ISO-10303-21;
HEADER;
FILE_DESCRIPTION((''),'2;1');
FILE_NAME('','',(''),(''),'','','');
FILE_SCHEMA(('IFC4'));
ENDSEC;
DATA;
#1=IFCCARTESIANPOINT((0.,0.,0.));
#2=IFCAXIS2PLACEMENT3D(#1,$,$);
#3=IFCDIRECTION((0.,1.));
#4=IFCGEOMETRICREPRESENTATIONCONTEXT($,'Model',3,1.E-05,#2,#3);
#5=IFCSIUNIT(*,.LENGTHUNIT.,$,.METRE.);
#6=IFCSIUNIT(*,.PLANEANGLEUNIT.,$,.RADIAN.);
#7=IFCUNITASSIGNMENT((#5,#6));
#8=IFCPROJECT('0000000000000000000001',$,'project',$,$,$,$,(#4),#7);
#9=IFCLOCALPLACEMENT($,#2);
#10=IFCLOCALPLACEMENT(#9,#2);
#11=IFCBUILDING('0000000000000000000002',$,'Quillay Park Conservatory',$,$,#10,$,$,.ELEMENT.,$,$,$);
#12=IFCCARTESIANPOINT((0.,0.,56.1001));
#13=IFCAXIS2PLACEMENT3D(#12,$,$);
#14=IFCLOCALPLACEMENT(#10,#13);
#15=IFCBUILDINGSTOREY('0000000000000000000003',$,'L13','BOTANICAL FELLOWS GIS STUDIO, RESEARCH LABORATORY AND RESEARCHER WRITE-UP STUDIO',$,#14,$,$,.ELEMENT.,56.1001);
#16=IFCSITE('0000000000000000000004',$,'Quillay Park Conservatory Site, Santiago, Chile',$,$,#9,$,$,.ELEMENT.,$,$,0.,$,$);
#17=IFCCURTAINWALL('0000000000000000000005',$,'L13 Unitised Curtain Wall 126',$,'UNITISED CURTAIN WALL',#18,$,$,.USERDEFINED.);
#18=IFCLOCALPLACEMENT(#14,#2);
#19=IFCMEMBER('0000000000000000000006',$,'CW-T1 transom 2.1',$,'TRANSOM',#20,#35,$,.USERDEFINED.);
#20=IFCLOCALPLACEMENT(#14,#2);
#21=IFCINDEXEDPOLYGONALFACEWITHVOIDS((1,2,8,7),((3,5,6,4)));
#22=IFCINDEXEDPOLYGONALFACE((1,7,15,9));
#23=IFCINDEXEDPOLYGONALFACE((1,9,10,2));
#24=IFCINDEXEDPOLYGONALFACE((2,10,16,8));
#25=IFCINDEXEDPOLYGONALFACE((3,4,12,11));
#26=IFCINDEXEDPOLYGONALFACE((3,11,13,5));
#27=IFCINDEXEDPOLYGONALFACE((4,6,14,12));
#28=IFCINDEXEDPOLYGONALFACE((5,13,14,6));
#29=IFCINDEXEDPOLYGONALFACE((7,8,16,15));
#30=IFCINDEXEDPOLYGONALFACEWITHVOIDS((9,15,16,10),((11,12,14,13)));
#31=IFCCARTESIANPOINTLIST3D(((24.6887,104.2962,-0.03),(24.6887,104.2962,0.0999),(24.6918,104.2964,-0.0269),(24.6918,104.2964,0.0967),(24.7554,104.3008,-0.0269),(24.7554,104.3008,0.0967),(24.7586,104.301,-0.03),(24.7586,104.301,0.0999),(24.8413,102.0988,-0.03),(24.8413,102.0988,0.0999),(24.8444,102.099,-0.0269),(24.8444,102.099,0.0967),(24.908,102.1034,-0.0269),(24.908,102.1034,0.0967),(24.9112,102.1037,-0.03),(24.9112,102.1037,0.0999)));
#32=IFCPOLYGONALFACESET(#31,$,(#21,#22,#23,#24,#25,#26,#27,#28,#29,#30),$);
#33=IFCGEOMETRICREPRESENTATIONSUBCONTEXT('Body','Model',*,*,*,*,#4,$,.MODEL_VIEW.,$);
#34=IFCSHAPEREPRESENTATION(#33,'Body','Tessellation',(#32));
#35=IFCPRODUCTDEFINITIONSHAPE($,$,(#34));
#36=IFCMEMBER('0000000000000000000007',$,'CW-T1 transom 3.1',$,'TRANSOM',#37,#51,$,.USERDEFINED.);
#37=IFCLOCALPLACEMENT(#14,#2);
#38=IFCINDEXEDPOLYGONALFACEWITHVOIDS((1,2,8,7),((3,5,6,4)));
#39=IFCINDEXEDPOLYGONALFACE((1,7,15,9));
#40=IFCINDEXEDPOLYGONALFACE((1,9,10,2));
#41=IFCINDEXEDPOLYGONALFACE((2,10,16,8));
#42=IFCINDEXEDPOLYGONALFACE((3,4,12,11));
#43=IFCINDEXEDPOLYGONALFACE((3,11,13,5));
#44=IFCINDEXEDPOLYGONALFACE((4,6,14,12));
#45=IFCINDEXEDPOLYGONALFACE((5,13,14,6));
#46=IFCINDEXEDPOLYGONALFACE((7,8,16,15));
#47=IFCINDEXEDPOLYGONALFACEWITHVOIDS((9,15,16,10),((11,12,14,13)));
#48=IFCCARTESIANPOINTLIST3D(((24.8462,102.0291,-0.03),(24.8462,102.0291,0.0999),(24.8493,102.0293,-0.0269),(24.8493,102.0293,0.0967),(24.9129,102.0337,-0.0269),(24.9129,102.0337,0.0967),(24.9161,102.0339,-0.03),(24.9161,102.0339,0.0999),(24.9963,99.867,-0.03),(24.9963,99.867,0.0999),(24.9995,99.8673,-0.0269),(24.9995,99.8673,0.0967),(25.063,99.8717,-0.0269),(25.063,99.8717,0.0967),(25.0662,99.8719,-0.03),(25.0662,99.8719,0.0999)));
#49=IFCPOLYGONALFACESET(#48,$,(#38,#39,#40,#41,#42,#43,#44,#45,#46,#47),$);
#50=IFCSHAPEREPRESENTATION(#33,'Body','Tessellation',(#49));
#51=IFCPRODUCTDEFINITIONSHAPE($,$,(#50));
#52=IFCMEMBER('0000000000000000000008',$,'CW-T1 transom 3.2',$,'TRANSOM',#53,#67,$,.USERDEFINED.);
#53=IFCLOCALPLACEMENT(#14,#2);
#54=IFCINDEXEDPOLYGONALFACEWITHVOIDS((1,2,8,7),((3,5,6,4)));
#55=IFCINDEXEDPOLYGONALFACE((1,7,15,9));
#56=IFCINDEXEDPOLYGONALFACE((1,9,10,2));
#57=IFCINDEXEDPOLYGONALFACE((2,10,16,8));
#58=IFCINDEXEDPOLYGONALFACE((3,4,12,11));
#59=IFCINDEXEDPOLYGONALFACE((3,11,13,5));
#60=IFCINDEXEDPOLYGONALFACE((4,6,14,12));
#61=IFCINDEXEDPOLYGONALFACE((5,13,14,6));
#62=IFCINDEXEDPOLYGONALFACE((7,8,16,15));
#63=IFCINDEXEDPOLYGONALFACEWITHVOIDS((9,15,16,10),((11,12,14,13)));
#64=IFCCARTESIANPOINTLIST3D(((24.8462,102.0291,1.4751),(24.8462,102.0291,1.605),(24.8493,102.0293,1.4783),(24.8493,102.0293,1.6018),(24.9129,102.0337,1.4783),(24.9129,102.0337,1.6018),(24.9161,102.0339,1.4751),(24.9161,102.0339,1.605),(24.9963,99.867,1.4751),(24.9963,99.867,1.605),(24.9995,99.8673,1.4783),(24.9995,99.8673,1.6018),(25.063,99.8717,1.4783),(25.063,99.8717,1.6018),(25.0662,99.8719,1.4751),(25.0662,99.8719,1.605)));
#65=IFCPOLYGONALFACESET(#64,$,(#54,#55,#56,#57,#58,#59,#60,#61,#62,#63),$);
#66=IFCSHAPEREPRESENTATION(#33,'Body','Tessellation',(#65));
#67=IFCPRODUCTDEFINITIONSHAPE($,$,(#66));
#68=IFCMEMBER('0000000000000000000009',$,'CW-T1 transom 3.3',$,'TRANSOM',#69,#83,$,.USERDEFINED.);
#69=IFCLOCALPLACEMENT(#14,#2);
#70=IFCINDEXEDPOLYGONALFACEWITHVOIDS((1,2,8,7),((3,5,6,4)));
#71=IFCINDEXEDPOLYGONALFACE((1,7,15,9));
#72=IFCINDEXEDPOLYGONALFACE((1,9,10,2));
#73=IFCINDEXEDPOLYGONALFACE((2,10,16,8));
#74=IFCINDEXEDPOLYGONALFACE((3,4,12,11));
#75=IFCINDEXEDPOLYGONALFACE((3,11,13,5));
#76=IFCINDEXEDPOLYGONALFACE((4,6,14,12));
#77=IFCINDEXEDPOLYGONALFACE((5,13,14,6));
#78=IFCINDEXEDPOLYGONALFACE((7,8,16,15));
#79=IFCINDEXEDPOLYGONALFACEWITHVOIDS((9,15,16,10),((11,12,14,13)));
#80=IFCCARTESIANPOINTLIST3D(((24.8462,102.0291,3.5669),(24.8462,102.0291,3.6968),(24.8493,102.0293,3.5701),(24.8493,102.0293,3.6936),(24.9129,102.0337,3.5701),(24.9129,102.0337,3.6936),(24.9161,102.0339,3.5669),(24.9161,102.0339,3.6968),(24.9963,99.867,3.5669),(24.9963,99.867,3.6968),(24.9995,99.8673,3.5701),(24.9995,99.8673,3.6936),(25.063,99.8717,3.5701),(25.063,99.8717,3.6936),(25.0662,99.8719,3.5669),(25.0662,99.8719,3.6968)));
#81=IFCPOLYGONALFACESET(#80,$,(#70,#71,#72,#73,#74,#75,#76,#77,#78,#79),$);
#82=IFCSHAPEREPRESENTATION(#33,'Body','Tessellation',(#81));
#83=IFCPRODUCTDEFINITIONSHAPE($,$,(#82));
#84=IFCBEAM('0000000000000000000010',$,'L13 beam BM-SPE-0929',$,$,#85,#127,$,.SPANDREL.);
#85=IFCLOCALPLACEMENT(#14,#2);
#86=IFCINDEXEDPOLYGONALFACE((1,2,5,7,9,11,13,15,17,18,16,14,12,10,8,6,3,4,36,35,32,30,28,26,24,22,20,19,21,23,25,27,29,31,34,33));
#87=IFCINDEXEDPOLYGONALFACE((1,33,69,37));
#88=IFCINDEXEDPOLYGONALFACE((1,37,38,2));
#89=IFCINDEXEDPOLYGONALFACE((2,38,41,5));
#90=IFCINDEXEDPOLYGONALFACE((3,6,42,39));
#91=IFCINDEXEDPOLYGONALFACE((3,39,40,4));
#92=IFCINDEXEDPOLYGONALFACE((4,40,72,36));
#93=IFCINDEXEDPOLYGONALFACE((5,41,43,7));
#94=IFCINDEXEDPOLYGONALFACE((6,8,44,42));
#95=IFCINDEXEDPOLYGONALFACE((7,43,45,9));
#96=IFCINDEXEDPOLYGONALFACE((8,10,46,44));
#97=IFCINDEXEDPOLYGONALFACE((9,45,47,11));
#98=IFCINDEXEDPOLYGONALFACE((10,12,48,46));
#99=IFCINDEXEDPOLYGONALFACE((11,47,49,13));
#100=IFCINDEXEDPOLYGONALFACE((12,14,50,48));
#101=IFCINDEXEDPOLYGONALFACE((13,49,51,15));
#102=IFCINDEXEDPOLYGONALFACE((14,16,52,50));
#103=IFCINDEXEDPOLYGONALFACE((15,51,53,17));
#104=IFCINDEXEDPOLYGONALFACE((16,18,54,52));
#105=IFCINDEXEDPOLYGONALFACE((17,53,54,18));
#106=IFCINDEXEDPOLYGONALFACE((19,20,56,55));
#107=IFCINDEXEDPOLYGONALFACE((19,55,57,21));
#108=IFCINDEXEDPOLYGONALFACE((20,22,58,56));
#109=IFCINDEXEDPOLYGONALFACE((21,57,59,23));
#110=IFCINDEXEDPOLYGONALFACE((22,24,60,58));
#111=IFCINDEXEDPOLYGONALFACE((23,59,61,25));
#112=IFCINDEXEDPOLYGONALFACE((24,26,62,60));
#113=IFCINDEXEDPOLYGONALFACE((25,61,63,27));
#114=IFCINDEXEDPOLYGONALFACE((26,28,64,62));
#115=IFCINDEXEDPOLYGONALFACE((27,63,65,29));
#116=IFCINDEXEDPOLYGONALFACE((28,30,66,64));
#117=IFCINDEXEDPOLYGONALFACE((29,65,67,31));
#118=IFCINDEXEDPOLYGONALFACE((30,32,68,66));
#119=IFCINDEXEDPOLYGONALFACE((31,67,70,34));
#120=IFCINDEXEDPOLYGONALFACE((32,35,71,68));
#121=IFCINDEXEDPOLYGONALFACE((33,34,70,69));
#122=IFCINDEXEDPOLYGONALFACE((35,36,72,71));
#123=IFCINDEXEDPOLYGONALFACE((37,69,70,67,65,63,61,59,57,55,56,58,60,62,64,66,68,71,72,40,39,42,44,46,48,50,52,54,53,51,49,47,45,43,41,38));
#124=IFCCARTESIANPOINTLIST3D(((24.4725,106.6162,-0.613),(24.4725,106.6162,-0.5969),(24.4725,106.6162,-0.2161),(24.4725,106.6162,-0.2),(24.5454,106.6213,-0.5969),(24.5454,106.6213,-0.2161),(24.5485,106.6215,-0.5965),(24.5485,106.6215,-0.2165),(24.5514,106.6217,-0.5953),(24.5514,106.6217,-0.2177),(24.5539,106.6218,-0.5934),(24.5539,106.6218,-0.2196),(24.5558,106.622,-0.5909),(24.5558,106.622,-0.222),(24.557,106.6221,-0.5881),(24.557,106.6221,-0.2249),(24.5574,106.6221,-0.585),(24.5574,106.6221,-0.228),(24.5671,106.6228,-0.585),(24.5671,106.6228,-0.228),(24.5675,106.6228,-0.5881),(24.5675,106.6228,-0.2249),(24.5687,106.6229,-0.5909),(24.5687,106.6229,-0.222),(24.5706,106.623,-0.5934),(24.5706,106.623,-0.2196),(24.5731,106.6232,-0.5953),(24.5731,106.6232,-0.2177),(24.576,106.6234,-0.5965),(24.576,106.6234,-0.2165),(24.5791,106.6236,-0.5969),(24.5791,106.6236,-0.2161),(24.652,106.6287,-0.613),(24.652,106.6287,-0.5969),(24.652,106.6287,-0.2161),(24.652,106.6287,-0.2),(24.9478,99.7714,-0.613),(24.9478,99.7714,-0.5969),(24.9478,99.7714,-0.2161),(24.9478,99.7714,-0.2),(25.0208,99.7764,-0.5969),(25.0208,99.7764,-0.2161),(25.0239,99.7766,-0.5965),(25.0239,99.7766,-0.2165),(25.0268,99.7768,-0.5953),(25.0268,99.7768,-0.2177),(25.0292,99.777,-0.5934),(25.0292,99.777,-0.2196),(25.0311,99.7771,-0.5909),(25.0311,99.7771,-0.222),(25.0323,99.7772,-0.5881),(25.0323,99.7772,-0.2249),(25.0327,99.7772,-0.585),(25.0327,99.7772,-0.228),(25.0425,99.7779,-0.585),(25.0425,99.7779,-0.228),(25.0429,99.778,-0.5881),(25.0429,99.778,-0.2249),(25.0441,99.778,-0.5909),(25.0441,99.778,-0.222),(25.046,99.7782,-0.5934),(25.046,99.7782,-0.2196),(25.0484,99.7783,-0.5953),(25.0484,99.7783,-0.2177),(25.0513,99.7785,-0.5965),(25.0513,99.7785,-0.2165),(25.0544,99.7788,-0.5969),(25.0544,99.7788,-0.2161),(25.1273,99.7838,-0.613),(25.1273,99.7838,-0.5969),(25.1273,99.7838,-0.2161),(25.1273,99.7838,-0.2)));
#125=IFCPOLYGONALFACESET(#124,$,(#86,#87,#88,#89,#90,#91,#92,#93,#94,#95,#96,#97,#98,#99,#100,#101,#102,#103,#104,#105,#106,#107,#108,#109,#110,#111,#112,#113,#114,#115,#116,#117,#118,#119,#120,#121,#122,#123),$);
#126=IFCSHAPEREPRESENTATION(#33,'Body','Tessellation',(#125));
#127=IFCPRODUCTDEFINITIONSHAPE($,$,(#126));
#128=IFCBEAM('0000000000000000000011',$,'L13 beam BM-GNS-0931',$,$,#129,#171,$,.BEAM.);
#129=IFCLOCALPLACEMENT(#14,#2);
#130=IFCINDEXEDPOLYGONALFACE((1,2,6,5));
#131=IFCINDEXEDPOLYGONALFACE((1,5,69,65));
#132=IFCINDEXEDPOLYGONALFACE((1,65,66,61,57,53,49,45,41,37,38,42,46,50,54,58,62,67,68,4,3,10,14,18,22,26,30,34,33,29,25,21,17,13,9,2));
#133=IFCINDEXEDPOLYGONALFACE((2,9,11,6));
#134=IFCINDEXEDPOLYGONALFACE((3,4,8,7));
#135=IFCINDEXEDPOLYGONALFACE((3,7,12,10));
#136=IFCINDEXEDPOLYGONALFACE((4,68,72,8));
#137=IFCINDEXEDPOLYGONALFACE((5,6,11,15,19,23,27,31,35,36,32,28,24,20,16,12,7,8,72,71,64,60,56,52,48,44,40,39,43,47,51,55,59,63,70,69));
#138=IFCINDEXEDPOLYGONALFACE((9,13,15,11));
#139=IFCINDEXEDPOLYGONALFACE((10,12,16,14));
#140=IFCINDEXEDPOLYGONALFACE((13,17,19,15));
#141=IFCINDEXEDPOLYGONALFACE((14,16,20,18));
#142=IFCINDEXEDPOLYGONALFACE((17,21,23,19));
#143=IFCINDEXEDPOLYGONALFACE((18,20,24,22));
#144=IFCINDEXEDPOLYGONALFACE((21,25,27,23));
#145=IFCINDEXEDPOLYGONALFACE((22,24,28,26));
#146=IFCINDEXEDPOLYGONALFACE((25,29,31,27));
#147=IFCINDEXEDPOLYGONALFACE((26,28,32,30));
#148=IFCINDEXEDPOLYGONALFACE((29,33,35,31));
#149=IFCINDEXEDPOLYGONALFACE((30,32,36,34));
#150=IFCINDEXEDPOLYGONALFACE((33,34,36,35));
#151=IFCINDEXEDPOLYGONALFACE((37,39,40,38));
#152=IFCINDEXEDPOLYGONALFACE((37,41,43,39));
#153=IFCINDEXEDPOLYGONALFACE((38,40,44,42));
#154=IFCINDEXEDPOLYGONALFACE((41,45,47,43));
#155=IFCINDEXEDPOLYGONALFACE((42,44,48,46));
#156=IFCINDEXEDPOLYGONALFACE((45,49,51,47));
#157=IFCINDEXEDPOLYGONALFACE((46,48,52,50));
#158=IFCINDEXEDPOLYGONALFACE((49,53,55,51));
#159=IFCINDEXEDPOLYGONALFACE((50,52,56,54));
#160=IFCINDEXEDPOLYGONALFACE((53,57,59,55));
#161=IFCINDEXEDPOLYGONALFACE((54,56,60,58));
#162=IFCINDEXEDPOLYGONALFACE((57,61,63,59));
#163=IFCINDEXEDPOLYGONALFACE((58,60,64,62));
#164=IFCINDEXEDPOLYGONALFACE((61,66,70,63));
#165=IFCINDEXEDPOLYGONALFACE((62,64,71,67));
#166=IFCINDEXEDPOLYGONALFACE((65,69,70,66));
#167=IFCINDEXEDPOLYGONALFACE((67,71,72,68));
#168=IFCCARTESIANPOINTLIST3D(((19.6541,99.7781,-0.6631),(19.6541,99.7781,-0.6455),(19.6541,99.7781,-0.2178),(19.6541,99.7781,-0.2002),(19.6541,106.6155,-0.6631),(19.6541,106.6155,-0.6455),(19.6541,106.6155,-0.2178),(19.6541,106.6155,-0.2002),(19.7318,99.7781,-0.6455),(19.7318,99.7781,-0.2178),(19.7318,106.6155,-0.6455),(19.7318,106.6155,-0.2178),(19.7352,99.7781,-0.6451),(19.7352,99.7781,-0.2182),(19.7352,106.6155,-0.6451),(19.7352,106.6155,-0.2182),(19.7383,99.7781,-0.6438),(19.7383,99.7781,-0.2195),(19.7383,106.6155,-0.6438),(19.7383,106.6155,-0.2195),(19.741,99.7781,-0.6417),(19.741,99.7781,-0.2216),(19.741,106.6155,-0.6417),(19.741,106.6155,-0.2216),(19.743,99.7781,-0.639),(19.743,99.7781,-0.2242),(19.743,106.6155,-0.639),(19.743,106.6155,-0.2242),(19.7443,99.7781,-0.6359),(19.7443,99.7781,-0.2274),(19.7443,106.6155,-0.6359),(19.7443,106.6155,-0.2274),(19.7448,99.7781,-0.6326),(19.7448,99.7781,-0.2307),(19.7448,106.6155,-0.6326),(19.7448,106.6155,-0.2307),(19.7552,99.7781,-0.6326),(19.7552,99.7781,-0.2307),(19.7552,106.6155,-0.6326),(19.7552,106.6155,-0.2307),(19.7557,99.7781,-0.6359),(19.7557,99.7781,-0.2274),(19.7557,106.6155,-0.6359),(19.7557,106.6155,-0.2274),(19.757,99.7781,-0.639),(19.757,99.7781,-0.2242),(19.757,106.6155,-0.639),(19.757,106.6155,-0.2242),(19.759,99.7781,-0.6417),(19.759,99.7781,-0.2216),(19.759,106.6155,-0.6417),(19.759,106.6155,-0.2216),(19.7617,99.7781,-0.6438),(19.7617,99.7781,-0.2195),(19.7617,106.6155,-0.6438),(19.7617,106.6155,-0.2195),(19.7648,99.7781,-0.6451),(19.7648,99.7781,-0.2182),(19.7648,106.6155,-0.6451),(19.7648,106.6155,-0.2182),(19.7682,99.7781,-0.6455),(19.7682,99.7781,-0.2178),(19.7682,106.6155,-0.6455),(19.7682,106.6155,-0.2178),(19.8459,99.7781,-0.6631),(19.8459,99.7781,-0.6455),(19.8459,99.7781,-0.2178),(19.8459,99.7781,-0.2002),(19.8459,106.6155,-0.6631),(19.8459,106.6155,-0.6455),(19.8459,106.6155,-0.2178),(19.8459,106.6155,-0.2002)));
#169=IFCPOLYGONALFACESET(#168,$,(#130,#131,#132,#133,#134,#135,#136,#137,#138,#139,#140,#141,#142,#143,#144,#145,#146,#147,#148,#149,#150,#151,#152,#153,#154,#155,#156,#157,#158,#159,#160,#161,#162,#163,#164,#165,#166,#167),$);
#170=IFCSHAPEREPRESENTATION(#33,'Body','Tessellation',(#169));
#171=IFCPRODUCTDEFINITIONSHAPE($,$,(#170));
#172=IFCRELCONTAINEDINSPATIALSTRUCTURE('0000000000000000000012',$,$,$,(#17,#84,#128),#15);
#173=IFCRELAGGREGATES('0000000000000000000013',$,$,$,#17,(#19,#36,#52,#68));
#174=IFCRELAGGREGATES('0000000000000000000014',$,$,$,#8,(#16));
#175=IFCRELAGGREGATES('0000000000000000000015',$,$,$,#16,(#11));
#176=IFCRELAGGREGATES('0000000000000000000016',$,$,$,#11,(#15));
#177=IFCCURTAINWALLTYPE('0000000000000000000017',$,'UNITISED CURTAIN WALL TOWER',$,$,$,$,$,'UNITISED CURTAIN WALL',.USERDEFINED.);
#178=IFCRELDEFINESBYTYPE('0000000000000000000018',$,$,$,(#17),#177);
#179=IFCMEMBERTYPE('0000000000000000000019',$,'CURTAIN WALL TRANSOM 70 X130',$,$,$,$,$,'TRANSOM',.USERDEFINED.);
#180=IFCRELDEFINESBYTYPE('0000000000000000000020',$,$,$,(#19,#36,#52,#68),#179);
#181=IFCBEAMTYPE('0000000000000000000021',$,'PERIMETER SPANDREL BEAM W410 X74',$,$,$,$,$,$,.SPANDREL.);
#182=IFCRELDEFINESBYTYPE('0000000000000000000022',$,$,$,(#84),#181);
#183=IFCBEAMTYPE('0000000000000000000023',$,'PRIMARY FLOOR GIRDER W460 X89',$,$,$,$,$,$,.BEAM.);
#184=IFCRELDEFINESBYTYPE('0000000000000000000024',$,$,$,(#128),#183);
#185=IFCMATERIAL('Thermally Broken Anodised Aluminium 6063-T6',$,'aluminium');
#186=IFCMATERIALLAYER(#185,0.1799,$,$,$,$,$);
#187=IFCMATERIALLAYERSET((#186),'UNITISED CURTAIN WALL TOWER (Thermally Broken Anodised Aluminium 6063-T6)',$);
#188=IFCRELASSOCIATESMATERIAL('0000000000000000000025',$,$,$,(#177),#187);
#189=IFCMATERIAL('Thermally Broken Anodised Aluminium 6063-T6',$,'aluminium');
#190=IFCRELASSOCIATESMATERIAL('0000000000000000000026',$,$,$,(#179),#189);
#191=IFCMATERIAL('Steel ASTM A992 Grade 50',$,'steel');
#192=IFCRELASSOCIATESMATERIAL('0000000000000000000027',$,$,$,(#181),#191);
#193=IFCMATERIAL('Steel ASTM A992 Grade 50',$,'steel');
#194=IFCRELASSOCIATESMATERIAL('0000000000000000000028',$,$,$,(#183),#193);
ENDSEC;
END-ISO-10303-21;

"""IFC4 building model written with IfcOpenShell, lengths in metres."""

from ifc_helpers import new_model, si_unit, direction, frame, origin, origin_2d, place, context, subcontext, project, spatial, hollow_rectangle, i_section, extrude, material, layer, layer_set, material_profile, profile_set, type_object, element, aggregate, save


model = new_model("IFC4")

# Units and contexts
model_context = context("Model", 3, precision=1e-05, world=origin(), true_north=direction((0.0, 1.0)))
body_context = subcontext(model_context, "Body", "Model", "MODEL_VIEW")
ifc_project = project(units=[si_unit("LENGTHUNIT", "METRE"), si_unit("PLANEANGLEUNIT", "RADIAN")], contexts=[model_context])

# Site, building, storey
site_placement = place(None, origin())
site = spatial("IfcSite", under=ifc_project, at=site_placement, Name="Quillay Park Conservatory Site, Santiago, Chile", CompositionType="ELEMENT", RefElevation=0.0)
building_placement = place(site_placement, origin())
building = spatial("IfcBuilding", under=site, at=building_placement, Name="Quillay Park Conservatory", CompositionType="ELEMENT")
storey_placement = place(building_placement, frame((0.0, 0.0, 56.1001)))
storey = spatial("IfcBuildingStorey", under=building, at=storey_placement, Name="L13", Description="BOTANICAL FELLOWS GIS STUDIO, RESEARCH LABORATORY AND RESEARCHER WRITE-UP STUDIO", CompositionType="ELEMENT", Elevation=56.1001)

# Shared definitions
ifc_material_1 = material(Name="Thermally Broken Anodised Aluminium 6063-T6", Category="aluminium")
ifc_layer_1 = layer(ifc_material_1, 0.1799)
ifc_layer_set_1 = layer_set([ifc_layer_1], Name="UNITISED CURTAIN WALL TOWER (Thermally Broken Anodised Aluminium 6063-T6)")
curtain_wall_type = type_object("IfcCurtainWallType", Name="UNITISED CURTAIN WALL TOWER", ElementType="UNITISED CURTAIN WALL", PredefinedType="USERDEFINED", material=ifc_layer_set_1)

# Curtain wall, members
curtain_wall_1_placement = place(storey_placement, origin())
curtain_wall_1 = element("IfcCurtainWall", 1, at=curtain_wall_1_placement, inside=storey, type_object=curtain_wall_type, Name="L13 Unitised Curtain Wall 126", ObjectType="UNITISED CURTAIN WALL", PredefinedType="USERDEFINED")
ifc_material_2 = material(Name="Thermally Broken Anodised Aluminium 6063-T6", Category="aluminium")
ifc_material_profile_1 = material_profile(ifc_material_2, hollow_rectangle(XDim=0.0701, YDim=0.1299, WallThickness=0.0032, at=origin_2d()), Name="AL70x130x3.2")
ifc_profile_set_1 = profile_set([ifc_material_profile_1], Name="Thermally Broken Anodised Aluminium 6063-T6")
member_type_1 = type_object("IfcMemberType", Name="CURTAIN WALL TRANSOM 70 X130", ElementType="TRANSOM", PredefinedType="USERDEFINED", material=ifc_profile_set_1)
member_1_placement = place(storey_placement, frame((24.7236, 104.2986, 0.0349), z_axis=(0.069278, -0.997597, 0.0), x_axis=(0.997597, 0.069278, 0.0)))
member_1 = element("IfcMember", 2, at=member_1_placement, type_object=member_type_1, Name="CW-T1 transom 2.1", ObjectType="TRANSOM", PredefinedType="USERDEFINED", context=body_context, shape_type="SweptSolid", body=[
    extrude(hollow_rectangle(XDim=0.0701, YDim=0.1299, WallThickness=0.0032, at=origin_2d()), origin(), (0.0, 0.0, 1.0), 2.2026),
])
member_2_placement = place(storey_placement, frame((24.8811, 102.0315, 0.0349), z_axis=(0.069278, -0.997597, 0.0), x_axis=(0.997597, 0.069278, 0.0)))
member_2 = element("IfcMember", 3, at=member_2_placement, type_object=member_type_1, Name="CW-T1 transom 3.1", ObjectType="TRANSOM", PredefinedType="USERDEFINED", context=body_context, shape_type="SweptSolid", body=[
    extrude(hollow_rectangle(XDim=0.0701, YDim=0.1299, WallThickness=0.0032, at=origin_2d()), origin(), (0.0, 0.0, 1.0), 2.1672),
])
member_3_placement = place(storey_placement, frame((24.8811, 102.0315, 1.54), z_axis=(0.069278, -0.997597, 0.0), x_axis=(0.997597, 0.069278, 0.0)))
member_3 = element("IfcMember", 4, at=member_3_placement, type_object=member_type_1, Name="CW-T1 transom 3.2", ObjectType="TRANSOM", PredefinedType="USERDEFINED", context=body_context, shape_type="SweptSolid", body=[
    extrude(hollow_rectangle(XDim=0.0701, YDim=0.1299, WallThickness=0.0032, at=origin_2d()), origin(), (0.0, 0.0, 1.0), 2.1672),
])
member_4_placement = place(storey_placement, frame((24.8811, 102.0315, 3.6318), z_axis=(0.069278, -0.997597, 0.0), x_axis=(0.997597, 0.069278, 0.0)))
member_4 = element("IfcMember", 5, at=member_4_placement, type_object=member_type_1, Name="CW-T1 transom 3.3", ObjectType="TRANSOM", PredefinedType="USERDEFINED", context=body_context, shape_type="SweptSolid", body=[
    extrude(hollow_rectangle(XDim=0.0701, YDim=0.1299, WallThickness=0.0032, at=origin_2d()), origin(), (0.0, 0.0, 1.0), 2.1672),
])

# Beams
ifc_material_3 = material(Name="Steel ASTM A992 Grade 50", Category="steel")
ifc_material_profile_2 = material_profile(ifc_material_3, i_section(OverallWidth=0.1799, OverallDepth=0.4131, WebThickness=0.0098, FlangeThickness=0.0161, FilletRadius=0.012, at=origin_2d()), Name="W410x74")
ifc_profile_set_2 = profile_set([ifc_material_profile_2], Name="Steel ASTM A992 Grade 50")
beam_type_1 = type_object("IfcBeamType", Name="PERIMETER SPANDREL BEAM W410 X74", PredefinedType="SPANDREL", material=ifc_profile_set_2)
beam_1_placement = place(storey_placement, frame((25.0376, 99.7776, -0.4065), z_axis=(-0.06928, 0.997597, 0.0), x_axis=(-0.997597, -0.06928, 0.0)))
element("IfcBeam", 6, at=beam_1_placement, inside=storey, type_object=beam_type_1, Name="L13 beam BM-SPE-0929", PredefinedType="SPANDREL", context=body_context, shape_type="SweptSolid", body=[
    extrude(i_section(OverallWidth=0.1799, OverallDepth=0.4131, WebThickness=0.0098, FlangeThickness=0.0161, FilletRadius=0.012, at=origin_2d()), origin(), (0.0, 0.0, 1.0), 6.8613),
])
ifc_material_4 = material(Name="Steel ASTM A992 Grade 50", Category="steel")
ifc_material_profile_3 = material_profile(ifc_material_4, i_section(OverallWidth=0.1919, OverallDepth=0.4629, WebThickness=0.0105, FlangeThickness=0.0176, FilletRadius=0.0129, at=origin_2d()), Name="W460x89")
ifc_profile_set_3 = profile_set([ifc_material_profile_3], Name="Steel ASTM A992 Grade 50")
beam_type_2 = type_object("IfcBeamType", Name="PRIMARY FLOOR GIRDER W460 X89", PredefinedType="BEAM", material=ifc_profile_set_3)
beam_2_placement = place(storey_placement, frame((19.75, 99.7781, -0.4316), z_axis=(0.0, 1.0, 0.0), x_axis=(-1.0, 0.0, 0.0)))
element("IfcBeam", 7, at=beam_2_placement, inside=storey, type_object=beam_type_2, Name="L13 beam BM-GNS-0931", PredefinedType="BEAM", context=body_context, shape_type="SweptSolid", body=[
    extrude(i_section(OverallWidth=0.1919, OverallDepth=0.4629, WebThickness=0.0105, FlangeThickness=0.0176, FilletRadius=0.0129, at=origin_2d()), origin(), (0.0, 0.0, 1.0), 6.8374),
])

aggregate(curtain_wall_1, [member_1, member_2, member_3, member_4])

save(model, "model.ifc")
